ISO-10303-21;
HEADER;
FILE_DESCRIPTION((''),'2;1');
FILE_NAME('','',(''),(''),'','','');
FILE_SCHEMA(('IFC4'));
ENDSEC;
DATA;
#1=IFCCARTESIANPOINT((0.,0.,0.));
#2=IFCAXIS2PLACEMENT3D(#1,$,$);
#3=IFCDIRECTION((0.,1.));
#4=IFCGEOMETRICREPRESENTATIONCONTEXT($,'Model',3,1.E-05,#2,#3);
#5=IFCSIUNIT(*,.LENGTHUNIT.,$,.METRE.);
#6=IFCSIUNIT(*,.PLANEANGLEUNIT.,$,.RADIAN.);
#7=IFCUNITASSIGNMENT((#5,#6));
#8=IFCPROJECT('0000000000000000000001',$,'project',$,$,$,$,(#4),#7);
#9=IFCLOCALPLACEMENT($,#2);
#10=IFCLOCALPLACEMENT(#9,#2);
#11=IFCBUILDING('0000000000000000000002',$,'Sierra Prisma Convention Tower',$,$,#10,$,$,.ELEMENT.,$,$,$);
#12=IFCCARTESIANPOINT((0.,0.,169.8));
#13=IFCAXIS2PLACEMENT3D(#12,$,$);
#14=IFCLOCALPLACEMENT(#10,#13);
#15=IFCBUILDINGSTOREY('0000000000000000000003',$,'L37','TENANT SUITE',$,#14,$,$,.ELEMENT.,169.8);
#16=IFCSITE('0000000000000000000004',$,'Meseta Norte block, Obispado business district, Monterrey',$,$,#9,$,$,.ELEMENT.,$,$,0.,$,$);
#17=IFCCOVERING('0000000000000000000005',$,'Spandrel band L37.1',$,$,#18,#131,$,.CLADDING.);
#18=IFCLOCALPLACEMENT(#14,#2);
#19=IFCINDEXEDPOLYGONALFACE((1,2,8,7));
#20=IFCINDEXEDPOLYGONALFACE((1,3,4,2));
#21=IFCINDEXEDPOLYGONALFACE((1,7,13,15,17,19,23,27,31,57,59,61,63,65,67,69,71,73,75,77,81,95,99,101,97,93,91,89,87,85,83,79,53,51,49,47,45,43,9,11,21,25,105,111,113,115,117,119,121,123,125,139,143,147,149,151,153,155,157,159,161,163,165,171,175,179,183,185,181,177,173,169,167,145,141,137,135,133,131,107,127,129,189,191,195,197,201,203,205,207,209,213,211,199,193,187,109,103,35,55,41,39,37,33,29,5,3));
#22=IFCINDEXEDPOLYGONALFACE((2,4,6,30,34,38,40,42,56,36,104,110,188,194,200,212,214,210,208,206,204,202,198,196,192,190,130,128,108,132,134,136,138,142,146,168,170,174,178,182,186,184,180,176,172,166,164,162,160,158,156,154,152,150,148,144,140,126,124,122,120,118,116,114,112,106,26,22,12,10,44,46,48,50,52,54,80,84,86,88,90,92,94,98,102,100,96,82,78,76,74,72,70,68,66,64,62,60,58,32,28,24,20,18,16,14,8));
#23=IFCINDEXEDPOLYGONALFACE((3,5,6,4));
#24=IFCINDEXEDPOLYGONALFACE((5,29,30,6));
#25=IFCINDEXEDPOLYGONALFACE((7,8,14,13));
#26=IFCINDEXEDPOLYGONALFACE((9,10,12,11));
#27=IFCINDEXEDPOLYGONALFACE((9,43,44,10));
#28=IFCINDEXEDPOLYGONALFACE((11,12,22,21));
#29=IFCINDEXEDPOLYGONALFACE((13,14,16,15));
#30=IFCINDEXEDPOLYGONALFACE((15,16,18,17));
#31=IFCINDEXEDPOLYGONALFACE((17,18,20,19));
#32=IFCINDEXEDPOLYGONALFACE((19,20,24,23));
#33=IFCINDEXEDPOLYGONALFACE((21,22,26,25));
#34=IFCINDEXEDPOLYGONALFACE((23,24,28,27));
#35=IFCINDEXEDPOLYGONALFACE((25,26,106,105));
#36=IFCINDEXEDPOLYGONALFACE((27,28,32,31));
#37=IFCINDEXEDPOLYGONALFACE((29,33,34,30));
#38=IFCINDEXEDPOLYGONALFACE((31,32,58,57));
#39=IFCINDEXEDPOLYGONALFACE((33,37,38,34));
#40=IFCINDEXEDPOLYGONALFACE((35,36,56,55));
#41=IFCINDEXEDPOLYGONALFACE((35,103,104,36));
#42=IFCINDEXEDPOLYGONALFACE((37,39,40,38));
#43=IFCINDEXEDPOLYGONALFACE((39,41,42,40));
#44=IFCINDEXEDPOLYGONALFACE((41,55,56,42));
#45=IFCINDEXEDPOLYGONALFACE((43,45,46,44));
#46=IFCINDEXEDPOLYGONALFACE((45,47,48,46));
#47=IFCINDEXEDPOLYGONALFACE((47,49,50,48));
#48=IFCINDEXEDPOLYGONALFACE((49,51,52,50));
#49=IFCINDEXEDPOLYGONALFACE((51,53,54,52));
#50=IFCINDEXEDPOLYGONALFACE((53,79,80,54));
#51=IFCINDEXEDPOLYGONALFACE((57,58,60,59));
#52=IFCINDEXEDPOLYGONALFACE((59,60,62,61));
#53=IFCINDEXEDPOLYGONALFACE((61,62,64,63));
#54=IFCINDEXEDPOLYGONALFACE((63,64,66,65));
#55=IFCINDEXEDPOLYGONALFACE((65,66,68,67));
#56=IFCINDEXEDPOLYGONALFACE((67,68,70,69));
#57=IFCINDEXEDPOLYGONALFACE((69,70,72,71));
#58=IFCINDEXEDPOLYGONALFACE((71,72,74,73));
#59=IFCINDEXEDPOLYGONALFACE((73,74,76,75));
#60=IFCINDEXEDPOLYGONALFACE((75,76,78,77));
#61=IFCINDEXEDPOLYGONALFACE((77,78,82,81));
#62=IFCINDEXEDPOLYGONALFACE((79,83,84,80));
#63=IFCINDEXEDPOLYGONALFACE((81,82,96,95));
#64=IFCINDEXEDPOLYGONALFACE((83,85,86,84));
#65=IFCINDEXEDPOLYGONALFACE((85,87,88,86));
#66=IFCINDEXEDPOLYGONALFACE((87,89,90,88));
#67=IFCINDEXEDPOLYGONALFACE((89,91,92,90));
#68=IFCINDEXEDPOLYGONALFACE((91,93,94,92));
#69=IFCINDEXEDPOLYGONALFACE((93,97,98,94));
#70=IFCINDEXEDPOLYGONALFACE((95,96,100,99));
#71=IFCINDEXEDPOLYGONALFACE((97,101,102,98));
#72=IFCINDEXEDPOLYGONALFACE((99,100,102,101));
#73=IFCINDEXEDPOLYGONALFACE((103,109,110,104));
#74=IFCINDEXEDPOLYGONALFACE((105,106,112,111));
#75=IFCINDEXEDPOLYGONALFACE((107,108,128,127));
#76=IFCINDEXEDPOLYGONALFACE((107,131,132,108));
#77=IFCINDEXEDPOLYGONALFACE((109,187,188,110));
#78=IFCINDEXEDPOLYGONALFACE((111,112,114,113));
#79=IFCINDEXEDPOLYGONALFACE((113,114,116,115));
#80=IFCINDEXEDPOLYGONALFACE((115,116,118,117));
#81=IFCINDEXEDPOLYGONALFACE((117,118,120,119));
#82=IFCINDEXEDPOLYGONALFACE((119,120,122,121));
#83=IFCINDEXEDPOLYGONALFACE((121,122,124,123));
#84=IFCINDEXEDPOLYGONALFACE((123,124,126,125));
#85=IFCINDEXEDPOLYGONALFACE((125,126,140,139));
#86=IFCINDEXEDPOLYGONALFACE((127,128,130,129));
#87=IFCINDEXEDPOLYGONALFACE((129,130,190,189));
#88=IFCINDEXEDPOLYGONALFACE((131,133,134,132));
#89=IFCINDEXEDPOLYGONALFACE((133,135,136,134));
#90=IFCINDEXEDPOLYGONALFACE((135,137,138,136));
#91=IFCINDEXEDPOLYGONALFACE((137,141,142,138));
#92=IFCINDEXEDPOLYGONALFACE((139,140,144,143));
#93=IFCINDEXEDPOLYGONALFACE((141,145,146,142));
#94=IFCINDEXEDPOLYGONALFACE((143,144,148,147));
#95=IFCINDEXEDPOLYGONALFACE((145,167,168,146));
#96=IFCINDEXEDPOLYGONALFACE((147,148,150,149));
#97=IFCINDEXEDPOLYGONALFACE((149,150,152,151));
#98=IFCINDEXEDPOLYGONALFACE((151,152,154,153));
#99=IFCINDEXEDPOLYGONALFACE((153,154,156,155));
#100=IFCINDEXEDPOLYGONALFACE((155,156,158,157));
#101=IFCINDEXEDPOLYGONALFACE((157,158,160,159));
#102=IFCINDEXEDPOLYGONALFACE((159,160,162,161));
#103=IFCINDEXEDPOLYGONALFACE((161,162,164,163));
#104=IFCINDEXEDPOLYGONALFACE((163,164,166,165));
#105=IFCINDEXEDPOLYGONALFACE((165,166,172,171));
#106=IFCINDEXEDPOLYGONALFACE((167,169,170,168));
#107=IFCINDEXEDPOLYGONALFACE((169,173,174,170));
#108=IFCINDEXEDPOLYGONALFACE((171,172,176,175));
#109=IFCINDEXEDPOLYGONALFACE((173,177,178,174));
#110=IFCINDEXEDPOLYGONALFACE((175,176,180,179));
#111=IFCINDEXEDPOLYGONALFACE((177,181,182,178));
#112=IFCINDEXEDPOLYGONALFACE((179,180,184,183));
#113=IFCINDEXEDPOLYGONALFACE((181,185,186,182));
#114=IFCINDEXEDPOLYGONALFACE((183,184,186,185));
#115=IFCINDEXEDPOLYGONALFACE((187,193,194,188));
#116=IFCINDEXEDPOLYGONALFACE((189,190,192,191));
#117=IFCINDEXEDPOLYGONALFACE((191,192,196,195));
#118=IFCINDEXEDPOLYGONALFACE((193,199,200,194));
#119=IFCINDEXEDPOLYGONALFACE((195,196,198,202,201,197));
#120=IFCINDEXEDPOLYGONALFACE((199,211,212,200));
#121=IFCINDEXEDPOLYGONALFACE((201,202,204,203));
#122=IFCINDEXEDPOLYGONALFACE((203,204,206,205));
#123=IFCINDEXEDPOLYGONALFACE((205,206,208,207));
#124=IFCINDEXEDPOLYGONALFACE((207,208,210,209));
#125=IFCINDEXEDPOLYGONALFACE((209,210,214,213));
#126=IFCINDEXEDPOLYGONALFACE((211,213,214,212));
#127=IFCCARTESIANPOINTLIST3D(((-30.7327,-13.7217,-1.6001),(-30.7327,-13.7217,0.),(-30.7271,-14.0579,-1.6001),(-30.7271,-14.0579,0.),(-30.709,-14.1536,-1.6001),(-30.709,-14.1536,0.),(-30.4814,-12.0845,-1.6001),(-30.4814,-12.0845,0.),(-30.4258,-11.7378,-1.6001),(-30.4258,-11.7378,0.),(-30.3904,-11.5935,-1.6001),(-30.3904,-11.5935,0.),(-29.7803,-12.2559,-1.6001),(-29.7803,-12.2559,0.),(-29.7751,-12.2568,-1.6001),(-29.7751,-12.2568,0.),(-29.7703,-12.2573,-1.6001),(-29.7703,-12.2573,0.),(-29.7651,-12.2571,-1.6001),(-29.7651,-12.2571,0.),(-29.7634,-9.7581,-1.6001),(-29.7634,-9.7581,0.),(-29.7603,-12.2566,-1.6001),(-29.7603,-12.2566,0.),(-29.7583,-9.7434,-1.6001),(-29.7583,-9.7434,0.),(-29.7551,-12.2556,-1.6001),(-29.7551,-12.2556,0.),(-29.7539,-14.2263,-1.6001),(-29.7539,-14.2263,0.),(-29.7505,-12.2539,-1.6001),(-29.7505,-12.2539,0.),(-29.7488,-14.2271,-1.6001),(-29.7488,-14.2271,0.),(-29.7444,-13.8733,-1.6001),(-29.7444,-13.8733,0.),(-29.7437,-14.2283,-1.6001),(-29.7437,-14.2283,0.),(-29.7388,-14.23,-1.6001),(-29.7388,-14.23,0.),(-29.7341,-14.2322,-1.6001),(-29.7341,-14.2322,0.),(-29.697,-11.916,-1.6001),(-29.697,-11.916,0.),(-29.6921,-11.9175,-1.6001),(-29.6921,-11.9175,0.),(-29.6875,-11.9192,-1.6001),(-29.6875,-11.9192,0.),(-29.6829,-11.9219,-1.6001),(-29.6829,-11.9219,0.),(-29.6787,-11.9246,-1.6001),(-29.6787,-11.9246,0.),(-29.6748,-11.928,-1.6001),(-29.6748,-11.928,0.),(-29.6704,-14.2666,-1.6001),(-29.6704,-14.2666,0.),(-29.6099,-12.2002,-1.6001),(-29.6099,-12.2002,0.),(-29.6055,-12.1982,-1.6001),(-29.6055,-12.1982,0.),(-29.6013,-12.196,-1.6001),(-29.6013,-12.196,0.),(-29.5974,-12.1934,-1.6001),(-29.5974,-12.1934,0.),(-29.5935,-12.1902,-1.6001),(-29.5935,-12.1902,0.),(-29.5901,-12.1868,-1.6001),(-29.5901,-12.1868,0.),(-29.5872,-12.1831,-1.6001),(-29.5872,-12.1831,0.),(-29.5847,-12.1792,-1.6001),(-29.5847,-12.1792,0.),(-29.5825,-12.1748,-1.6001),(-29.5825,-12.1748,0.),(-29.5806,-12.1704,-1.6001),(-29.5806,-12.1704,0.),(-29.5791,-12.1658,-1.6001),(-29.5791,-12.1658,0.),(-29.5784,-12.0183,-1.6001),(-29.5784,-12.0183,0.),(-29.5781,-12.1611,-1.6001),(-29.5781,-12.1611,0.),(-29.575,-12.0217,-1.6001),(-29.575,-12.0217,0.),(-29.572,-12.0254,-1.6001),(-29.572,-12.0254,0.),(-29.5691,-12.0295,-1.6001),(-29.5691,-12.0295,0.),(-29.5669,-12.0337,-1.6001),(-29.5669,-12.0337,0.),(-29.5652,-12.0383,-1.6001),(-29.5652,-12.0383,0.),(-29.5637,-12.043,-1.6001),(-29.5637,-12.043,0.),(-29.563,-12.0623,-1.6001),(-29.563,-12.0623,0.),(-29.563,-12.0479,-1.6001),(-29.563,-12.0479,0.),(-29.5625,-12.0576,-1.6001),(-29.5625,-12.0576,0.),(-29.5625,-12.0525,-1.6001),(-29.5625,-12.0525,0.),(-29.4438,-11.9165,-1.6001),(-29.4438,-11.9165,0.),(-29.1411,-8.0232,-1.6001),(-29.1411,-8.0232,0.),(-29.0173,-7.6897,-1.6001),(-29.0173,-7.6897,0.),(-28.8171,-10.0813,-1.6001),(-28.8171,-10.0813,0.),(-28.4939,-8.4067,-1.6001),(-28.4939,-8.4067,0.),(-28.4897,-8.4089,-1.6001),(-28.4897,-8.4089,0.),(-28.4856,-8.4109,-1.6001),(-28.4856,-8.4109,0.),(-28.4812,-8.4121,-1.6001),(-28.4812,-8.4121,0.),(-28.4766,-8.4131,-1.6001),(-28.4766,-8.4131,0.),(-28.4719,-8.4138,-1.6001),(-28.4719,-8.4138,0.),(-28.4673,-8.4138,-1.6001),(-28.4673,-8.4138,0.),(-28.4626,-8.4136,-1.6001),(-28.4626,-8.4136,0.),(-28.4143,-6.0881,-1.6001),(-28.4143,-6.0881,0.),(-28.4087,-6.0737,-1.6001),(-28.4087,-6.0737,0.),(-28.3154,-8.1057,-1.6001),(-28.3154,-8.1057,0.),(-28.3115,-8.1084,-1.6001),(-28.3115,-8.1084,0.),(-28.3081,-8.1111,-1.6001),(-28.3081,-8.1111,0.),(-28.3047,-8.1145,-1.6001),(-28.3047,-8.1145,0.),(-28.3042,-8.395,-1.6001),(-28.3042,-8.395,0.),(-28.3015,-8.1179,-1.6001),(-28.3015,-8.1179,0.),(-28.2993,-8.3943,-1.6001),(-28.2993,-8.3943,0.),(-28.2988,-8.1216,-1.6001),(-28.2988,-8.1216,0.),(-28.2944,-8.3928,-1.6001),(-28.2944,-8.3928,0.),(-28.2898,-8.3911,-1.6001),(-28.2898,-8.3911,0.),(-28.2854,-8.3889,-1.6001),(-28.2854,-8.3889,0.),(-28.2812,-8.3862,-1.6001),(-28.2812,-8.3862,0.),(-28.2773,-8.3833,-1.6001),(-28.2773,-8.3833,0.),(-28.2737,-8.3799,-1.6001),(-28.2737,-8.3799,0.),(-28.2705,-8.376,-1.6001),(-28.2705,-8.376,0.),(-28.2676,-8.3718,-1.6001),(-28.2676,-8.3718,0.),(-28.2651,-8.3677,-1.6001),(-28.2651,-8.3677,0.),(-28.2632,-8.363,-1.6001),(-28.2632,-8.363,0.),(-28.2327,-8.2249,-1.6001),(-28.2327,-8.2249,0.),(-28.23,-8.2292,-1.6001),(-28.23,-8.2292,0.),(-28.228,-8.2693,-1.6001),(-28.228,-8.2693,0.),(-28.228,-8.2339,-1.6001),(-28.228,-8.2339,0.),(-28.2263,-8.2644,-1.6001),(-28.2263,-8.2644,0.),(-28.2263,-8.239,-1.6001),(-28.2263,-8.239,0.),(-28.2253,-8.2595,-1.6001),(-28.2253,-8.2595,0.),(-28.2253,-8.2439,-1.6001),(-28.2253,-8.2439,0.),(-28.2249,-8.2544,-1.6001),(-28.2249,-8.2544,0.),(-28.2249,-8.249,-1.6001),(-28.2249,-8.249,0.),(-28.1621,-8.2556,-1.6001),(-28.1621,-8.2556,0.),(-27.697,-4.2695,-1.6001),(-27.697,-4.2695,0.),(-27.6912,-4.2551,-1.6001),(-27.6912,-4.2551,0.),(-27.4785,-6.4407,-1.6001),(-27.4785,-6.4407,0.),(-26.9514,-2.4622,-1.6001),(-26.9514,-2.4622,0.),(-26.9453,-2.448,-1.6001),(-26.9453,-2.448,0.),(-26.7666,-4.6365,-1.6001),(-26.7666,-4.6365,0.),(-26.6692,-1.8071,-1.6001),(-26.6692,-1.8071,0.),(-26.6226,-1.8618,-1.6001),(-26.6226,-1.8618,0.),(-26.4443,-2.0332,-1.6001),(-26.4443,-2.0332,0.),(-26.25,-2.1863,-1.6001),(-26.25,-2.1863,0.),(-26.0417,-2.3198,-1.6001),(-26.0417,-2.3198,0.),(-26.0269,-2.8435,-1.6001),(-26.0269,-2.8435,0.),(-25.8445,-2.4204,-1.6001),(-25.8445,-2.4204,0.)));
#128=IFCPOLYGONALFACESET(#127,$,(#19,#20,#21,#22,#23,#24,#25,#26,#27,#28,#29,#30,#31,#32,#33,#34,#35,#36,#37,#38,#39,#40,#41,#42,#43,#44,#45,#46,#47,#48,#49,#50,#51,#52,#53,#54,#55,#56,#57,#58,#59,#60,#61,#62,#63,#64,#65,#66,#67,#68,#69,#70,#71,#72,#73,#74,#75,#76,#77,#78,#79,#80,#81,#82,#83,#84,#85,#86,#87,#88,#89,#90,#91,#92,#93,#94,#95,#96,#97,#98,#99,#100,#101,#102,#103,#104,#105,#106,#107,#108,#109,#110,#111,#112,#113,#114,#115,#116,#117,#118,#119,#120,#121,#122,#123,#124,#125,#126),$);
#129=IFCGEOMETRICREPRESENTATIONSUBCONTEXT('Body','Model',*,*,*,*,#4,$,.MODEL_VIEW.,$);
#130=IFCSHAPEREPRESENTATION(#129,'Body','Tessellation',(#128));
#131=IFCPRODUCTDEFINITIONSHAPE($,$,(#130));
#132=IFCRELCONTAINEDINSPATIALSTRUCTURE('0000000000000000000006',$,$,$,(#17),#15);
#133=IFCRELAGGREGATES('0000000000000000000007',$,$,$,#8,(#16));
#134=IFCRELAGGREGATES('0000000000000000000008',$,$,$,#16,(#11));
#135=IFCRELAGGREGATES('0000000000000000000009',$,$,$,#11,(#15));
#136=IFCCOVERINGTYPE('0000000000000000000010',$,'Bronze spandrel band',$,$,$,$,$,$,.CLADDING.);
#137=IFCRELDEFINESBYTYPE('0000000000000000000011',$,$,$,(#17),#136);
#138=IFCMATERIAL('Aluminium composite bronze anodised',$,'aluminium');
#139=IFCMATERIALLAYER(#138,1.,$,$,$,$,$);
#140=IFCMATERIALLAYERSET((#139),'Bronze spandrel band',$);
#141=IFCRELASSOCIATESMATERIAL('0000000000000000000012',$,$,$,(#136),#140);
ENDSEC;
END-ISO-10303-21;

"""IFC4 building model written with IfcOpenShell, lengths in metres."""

from ifc_helpers import new_model, si_unit, direction, frame, origin, place, context, subcontext, project, spatial, polyline, outline, extrude, material, layer, layer_set, type_object, element, save


model = new_model("IFC4")

# Units and contexts
model_context = context("Model", 3, precision=1e-05, world=origin(), true_north=direction((0.0, 1.0)))
body_context = subcontext(model_context, "Body", "Model", "MODEL_VIEW")
ifc_project = project(units=[si_unit("LENGTHUNIT", "METRE"), si_unit("PLANEANGLEUNIT", "RADIAN")], contexts=[model_context])

# Site, building, storey
site_placement = place(None, origin())
site = spatial("IfcSite", under=ifc_project, at=site_placement, Name="Meseta Norte block, Obispado business district, Monterrey", CompositionType="ELEMENT", RefElevation=0.0)
building_placement = place(site_placement, origin())
building = spatial("IfcBuilding", under=site, at=building_placement, Name="Sierra Prisma Convention Tower", CompositionType="ELEMENT")
storey_placement = place(building_placement, frame((0.0, 0.0, 169.8)))
storey = spatial("IfcBuildingStorey", under=building, at=storey_placement, Name="L37", Description="TENANT SUITE", CompositionType="ELEMENT", Elevation=169.8)

# Covering
ifc_material_1 = material(Name="Aluminium composite bronze anodised", Category="aluminium")
ifc_layer_1 = layer(ifc_material_1, 1.0)
ifc_layer_set_1 = layer_set([ifc_layer_1], Name="Bronze spandrel band")
covering_type = type_object("IfcCoveringType", Name="Bronze spandrel band", PredefinedType="CLADDING", material=ifc_layer_set_1)
covering_1_placement = place(storey_placement, frame((0.0, 0.0, -1.6001)))
element("IfcCovering", 1, at=covering_1_placement, inside=storey, type_object=covering_type, Name="Spandrel band L37.1", PredefinedType="CLADDING", context=body_context, shape_type="SweptSolid", body=[
    extrude(outline(polyline([(-26.0269, -2.8435), (-26.7666, -4.6365), (-27.4785, -6.4407), (-28.1621, -8.2556), (-28.8171, -10.0813), (-29.4438, -11.9165), (-29.7444, -13.8733), (-29.6704, -14.2666), (-29.7341, -14.2322), (-29.7388, -14.23), (-29.7437, -14.2283), (-29.7488, -14.2271), (-29.7539, -14.2263), (-30.709, -14.1536), (-30.7271, -14.0579), (-30.7327, -13.7217), (-30.4814, -12.0845), (-29.7803, -12.2559), (-29.7751, -12.2568), (-29.7703, -12.2573), (-29.7651, -12.2571), (-29.7603, -12.2566), (-29.7551, -12.2556), (-29.7505, -12.2539), (-29.6099, -12.2002), (-29.6055, -12.1982), (-29.6013, -12.196), (-29.5974, -12.1934), (-29.5935, -12.1902), (-29.5901, -12.1868), (-29.5872, -12.1831), (-29.5847, -12.1792), (-29.5825, -12.1748), (-29.5806, -12.1704), (-29.5791, -12.1658), (-29.5781, -12.1611), (-29.563, -12.0623), (-29.5625, -12.0576), (-29.5625, -12.0525), (-29.563, -12.0479), (-29.5637, -12.043), (-29.5652, -12.0383), (-29.5669, -12.0337), (-29.5691, -12.0295), (-29.572, -12.0254), (-29.575, -12.0217), (-29.5784, -12.0183), (-29.6748, -11.928), (-29.6787, -11.9246), (-29.6829, -11.9219), (-29.6875, -11.9192), (-29.6921, -11.9175), (-29.697, -11.916), (-30.4258, -11.7378), (-30.3904, -11.5935), (-29.7634, -9.7581), (-29.7583, -9.7434), (-29.1411, -8.0232), (-28.4939, -8.4067), (-28.4897, -8.4089), (-28.4856, -8.4109), (-28.4812, -8.4121), (-28.4766, -8.4131), (-28.4719, -8.4138), (-28.4673, -8.4138), (-28.4626, -8.4136), (-28.3042, -8.395), (-28.2993, -8.3943), (-28.2944, -8.3928), (-28.2898, -8.3911), (-28.2854, -8.3889), (-28.2812, -8.3862), (-28.2773, -8.3833), (-28.2737, -8.3799), (-28.2705, -8.376), (-28.2676, -8.3718), (-28.2651, -8.3677), (-28.2632, -8.363), (-28.228, -8.2693), (-28.2263, -8.2644), (-28.2253, -8.2595), (-28.2249, -8.2544), (-28.2249, -8.249), (-28.2253, -8.2439), (-28.2263, -8.239), (-28.228, -8.2339), (-28.23, -8.2292), (-28.2327, -8.2249), (-28.2988, -8.1216), (-28.3015, -8.1179), (-28.3047, -8.1145), (-28.3081, -8.1111), (-28.3115, -8.1084), (-28.3154, -8.1057), (-29.0173, -7.6897), (-28.4143, -6.0881), (-28.4087, -6.0737), (-27.697, -4.2695), (-27.6912, -4.2551), (-26.9514, -2.4622), (-26.9453, -2.448), (-26.6692, -1.8071), (-26.6226, -1.8618), (-26.4443, -2.0332), (-26.25, -2.1863), (-26.0417, -2.3198), (-25.8445, -2.4204), (-26.0269, -2.8435)])), origin(), (0.0, 0.0, 1.0), 1.6001),
])

save(model, "model.ifc")
